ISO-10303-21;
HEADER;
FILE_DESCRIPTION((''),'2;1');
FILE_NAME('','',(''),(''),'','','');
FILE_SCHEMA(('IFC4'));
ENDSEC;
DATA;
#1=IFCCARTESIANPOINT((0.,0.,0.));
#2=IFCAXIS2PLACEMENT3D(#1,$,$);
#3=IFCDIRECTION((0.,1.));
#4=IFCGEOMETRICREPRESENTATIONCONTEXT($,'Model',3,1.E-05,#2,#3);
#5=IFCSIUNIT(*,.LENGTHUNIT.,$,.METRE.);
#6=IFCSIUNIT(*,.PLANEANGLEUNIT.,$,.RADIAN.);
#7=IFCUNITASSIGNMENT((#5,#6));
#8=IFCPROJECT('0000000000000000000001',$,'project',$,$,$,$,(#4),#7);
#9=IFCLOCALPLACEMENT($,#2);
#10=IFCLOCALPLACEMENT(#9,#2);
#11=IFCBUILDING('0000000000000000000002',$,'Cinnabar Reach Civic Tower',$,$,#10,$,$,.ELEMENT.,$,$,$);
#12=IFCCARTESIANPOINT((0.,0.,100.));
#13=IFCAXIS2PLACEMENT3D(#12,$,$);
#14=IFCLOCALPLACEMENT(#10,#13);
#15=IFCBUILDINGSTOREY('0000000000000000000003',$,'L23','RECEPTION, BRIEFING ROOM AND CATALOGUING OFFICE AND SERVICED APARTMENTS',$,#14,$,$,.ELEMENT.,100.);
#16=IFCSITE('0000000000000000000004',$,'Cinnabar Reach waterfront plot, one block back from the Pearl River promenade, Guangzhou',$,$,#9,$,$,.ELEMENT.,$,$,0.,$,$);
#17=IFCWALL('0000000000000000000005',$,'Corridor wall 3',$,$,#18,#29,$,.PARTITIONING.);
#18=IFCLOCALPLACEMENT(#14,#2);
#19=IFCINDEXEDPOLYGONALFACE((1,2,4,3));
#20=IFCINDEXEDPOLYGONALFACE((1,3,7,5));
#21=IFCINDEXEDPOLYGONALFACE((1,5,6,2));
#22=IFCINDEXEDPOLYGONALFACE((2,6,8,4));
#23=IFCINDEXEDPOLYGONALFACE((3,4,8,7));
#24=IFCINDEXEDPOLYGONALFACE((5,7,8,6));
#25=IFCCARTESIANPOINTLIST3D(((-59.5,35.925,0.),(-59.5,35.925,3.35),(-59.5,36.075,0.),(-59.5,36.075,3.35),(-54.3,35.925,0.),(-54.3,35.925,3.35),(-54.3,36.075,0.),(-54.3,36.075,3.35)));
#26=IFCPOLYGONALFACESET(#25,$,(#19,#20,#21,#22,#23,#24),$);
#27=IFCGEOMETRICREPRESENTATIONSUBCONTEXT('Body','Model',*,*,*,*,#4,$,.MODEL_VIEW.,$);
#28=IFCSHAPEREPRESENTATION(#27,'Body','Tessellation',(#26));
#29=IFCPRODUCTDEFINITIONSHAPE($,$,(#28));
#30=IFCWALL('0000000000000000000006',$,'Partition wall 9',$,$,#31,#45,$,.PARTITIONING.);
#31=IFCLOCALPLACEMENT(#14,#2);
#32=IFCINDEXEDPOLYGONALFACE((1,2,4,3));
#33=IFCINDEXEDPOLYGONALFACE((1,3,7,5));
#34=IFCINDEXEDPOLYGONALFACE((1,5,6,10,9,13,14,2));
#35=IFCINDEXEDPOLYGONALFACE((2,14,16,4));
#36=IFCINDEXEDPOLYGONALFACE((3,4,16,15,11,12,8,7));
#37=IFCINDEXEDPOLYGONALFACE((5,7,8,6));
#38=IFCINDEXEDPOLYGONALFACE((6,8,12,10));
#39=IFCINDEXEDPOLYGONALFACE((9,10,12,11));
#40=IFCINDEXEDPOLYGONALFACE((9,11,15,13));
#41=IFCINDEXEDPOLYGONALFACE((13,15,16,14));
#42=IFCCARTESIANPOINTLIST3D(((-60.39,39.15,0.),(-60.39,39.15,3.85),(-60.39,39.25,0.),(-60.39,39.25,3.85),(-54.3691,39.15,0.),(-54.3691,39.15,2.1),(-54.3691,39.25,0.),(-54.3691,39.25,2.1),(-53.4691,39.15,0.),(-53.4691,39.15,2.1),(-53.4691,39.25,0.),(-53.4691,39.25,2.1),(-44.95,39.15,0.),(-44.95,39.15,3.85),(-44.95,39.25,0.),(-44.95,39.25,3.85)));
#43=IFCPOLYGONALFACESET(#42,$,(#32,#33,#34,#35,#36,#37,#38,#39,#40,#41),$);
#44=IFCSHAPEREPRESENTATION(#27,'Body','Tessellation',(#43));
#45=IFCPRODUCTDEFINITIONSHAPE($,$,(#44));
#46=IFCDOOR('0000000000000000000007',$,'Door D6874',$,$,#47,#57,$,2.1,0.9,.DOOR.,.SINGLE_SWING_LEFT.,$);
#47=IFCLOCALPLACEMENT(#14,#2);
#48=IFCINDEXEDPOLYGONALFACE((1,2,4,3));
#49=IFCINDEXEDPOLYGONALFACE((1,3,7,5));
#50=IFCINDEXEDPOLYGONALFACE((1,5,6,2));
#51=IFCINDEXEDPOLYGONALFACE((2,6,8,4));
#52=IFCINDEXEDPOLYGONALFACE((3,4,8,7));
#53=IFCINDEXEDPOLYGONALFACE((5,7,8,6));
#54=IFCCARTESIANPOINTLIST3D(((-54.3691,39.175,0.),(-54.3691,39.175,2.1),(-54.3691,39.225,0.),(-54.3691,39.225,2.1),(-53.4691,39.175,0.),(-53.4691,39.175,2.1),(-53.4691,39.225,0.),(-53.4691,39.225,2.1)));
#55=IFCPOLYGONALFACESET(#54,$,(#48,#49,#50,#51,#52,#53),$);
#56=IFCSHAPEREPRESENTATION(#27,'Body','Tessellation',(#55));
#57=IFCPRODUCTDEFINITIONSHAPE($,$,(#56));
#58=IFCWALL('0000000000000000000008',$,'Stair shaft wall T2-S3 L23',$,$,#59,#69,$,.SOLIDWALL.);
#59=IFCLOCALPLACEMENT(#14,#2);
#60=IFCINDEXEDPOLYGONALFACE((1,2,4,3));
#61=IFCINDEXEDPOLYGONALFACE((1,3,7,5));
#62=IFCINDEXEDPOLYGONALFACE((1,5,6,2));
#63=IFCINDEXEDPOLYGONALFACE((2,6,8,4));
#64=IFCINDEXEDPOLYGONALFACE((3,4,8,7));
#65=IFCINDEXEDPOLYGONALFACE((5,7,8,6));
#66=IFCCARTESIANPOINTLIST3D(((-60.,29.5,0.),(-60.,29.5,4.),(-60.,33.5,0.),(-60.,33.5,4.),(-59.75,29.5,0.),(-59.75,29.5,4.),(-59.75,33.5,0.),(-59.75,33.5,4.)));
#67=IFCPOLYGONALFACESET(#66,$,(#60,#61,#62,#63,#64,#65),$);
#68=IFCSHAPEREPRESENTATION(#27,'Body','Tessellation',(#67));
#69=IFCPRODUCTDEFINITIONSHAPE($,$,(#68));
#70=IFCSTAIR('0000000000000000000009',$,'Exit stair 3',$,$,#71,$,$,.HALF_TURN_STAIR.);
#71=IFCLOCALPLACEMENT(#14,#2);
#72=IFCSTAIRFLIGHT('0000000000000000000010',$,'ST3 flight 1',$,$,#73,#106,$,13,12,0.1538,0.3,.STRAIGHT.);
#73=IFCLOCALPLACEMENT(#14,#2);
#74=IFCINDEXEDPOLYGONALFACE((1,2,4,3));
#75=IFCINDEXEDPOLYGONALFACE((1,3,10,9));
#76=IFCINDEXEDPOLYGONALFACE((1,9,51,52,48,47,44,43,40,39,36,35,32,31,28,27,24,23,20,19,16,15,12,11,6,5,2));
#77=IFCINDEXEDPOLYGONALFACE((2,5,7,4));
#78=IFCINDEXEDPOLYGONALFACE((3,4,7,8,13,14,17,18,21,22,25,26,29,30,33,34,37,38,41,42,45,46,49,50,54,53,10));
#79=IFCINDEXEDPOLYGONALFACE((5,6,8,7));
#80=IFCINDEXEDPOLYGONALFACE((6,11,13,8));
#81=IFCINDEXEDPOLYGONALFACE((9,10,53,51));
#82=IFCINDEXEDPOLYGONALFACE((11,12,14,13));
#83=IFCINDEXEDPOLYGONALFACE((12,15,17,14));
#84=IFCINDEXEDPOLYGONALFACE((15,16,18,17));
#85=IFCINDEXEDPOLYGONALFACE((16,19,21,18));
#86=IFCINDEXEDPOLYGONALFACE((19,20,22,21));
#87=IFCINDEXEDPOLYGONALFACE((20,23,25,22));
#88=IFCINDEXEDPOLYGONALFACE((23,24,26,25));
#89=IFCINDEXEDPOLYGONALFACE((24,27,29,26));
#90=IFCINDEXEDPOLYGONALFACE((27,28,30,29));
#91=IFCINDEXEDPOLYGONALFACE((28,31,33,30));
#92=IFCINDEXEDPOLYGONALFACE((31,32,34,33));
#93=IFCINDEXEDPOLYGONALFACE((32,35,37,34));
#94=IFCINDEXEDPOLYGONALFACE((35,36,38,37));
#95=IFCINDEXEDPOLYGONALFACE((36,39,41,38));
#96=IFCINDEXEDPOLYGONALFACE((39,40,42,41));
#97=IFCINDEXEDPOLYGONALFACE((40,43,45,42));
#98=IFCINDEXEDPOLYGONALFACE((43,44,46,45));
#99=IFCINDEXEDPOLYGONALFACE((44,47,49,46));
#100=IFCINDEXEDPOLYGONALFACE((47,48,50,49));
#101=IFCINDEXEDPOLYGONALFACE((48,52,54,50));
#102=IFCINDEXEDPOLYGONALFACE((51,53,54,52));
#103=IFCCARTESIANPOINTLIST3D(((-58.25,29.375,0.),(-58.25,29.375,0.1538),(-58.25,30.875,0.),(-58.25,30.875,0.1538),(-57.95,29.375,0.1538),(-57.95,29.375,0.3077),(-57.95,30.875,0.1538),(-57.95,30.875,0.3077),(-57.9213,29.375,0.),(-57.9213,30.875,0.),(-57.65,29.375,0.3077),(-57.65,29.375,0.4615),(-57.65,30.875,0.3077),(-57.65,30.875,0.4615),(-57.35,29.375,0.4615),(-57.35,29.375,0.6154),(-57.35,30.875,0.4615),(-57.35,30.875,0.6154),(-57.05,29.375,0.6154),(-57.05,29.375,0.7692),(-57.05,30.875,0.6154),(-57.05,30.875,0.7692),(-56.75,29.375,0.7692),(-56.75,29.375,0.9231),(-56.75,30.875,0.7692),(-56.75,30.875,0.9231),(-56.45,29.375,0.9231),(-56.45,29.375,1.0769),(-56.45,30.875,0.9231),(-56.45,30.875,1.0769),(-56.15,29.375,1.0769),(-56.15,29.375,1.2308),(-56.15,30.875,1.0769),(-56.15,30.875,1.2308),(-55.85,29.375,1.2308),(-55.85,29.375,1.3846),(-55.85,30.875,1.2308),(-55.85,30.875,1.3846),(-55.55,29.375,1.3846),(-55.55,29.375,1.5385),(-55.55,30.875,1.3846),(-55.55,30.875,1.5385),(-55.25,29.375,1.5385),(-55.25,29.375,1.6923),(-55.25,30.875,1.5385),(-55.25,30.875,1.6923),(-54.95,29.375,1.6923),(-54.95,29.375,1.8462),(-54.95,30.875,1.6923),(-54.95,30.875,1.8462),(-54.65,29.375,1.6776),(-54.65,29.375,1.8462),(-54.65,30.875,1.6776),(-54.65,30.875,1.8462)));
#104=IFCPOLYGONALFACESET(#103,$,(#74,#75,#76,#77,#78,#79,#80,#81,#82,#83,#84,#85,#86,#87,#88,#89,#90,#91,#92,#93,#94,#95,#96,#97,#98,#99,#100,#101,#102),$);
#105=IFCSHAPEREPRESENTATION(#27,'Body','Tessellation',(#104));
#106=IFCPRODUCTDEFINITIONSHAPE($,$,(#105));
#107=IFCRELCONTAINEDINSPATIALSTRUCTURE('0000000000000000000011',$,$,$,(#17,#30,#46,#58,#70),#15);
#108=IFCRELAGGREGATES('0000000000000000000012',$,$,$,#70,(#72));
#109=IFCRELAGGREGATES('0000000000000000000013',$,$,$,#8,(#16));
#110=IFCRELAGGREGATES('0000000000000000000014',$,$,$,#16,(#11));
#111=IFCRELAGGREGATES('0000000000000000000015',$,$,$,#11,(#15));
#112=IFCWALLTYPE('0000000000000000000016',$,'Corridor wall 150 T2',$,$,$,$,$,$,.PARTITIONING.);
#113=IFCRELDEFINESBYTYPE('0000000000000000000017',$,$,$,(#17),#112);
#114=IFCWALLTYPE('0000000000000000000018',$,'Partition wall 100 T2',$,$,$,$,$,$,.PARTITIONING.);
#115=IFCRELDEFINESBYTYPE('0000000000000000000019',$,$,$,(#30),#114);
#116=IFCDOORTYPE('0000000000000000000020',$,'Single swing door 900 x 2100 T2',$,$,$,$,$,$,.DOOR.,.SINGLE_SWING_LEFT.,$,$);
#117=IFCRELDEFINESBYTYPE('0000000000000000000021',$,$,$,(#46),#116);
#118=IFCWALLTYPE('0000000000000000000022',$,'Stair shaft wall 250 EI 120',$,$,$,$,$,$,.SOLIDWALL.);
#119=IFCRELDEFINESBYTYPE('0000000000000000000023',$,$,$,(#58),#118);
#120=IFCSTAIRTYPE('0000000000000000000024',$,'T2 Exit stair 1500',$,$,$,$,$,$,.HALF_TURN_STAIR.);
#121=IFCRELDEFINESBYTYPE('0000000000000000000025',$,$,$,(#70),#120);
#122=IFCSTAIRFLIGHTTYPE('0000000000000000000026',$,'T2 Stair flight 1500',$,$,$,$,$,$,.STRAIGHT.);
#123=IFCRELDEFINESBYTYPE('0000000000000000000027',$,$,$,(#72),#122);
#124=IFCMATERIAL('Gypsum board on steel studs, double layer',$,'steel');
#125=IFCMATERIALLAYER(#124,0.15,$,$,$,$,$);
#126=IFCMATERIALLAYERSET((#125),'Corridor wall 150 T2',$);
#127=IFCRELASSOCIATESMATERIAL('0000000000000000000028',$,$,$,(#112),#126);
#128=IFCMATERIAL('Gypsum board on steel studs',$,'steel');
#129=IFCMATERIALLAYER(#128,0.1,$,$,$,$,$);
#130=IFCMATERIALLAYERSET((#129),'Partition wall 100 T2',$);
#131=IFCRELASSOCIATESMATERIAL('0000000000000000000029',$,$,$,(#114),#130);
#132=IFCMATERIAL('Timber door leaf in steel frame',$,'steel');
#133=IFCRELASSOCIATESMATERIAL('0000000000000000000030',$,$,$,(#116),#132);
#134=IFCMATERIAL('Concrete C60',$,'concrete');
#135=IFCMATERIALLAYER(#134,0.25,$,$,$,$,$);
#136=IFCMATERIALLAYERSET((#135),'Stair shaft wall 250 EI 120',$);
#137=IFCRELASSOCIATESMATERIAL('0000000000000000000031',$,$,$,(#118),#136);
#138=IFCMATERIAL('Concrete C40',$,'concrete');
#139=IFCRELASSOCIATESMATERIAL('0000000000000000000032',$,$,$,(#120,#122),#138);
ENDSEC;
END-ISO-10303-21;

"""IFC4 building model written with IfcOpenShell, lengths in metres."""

from ifc_helpers import new_model, si_unit, direction, frame, frame_2d, origin, place, context, subcontext, project, spatial, polyline, rectangle, outline, extrude, material, layer, layer_set, type_object, element, fill, aggregate, save


model = new_model("IFC4")

# Units and contexts
model_context = context("Model", 3, precision=1e-05, world=origin(), true_north=direction((0.0, 1.0)))
body_context = subcontext(model_context, "Body", "Model", "MODEL_VIEW")
ifc_project = project(units=[si_unit("LENGTHUNIT", "METRE"), si_unit("PLANEANGLEUNIT", "RADIAN")], contexts=[model_context])

# Site, building, storey
site_placement = place(None, origin())
site = spatial("IfcSite", under=ifc_project, at=site_placement, Name="Cinnabar Reach waterfront plot, one block back from the Pearl River promenade, Guangzhou", CompositionType="ELEMENT", RefElevation=0.0)
building_placement = place(site_placement, origin())
building = spatial("IfcBuilding", under=site, at=building_placement, Name="Cinnabar Reach Civic Tower", CompositionType="ELEMENT")
storey_placement = place(building_placement, frame((0.0, 0.0, 100.0)))
storey = spatial("IfcBuildingStorey", under=building, at=storey_placement, Name="L23", Description="RECEPTION, BRIEFING ROOM AND CATALOGUING OFFICE AND SERVICED APARTMENTS", CompositionType="ELEMENT", Elevation=100.0)

# Shared definitions
ifc_material_1 = material(Name="Concrete C60", Category="concrete")

# Wall
ifc_material_2 = material(Name="Gypsum board on steel studs, double layer", Category="steel")
ifc_layer_1 = layer(ifc_material_2, 0.15)
ifc_layer_set_1 = layer_set([ifc_layer_1], Name="Corridor wall 150 T2")
wall_type_1 = type_object("IfcWallType", Name="Corridor wall 150 T2", PredefinedType="PARTITIONING", material=ifc_layer_set_1)
wall_1_placement = place(storey_placement, frame((-59.5, 36.0, 0.0), z_axis=(0.0, 0.0, 1.0), x_axis=(1.0, 0.0, 0.0)))
element("IfcWall", 1, at=wall_1_placement, inside=storey, type_object=wall_type_1, Name="Corridor wall 3", PredefinedType="PARTITIONING", context=body_context, shape_type="SweptSolid", body=[
    extrude(rectangle(XDim=5.2, YDim=0.15, at=frame_2d((2.6, 0.0))), origin(), (0.0, 0.0, 1.0), 3.35),
])

# Wall, opening, door
ifc_material_3 = material(Name="Gypsum board on steel studs", Category="steel")
ifc_layer_2 = layer(ifc_material_3, 0.1)
ifc_layer_set_2 = layer_set([ifc_layer_2], Name="Partition wall 100 T2")
wall_type_2 = type_object("IfcWallType", Name="Partition wall 100 T2", PredefinedType="PARTITIONING", material=ifc_layer_set_2)
wall_2_placement = place(storey_placement, frame((-60.39, 39.2, 0.0), z_axis=(0.0, 0.0, 1.0), x_axis=(1.0, 0.0, 0.0)))
wall_2 = element("IfcWall", 2, at=wall_2_placement, inside=storey, type_object=wall_type_2, Name="Partition wall 9", PredefinedType="PARTITIONING", context=body_context, shape_type="SweptSolid", body=[
    extrude(rectangle(XDim=15.44, YDim=0.1, at=frame_2d((7.72, 0.0))), origin(), (0.0, 0.0, 1.0), 3.85),
])
opening_placement = place(wall_2_placement, frame((6.0209, 0.0, 0.0)))
opening = element("IfcOpeningElement", 3, at=opening_placement, cuts=wall_2, PredefinedType="OPENING", context=body_context, shape_type="SweptSolid", body=[
    extrude(rectangle(XDim=0.9, YDim=2.1, at=frame_2d((0.45, 1.05))), frame((0.0, 0.06, 0.0), z_axis=(0.0, -1.0, 0.0), x_axis=(1.0, 0.0, 0.0)), (0.0, 0.0, 1.0), 0.12),
])
ifc_material_4 = material(Name="Timber door leaf in steel frame", Category="steel")
door_type = type_object("IfcDoorType", Name="Single swing door 900 x 2100 T2", OperationType="SINGLE_SWING_LEFT", PredefinedType="DOOR", material=ifc_material_4)
door_placement = place(opening_placement, frame((0.9, 0.0, 0.0), z_axis=(0.0, 0.0, 1.0), x_axis=(-1.0, 0.0, 0.0)))
door = element("IfcDoor", 4, at=door_placement, inside=storey, type_object=door_type, Name="Door D6874", OperationType="SINGLE_SWING_LEFT", OverallHeight=2.1, OverallWidth=0.9, PredefinedType="DOOR", context=body_context, shape_type="SweptSolid", body=[
    extrude(rectangle(XDim=0.9, YDim=2.1, at=frame_2d((0.45, 1.05))), frame((0.0, 0.025, 0.0), z_axis=(0.0, -1.0, 0.0), x_axis=(1.0, 0.0, 0.0)), (0.0, 0.0, 1.0), 0.05),
])
fill(opening, door)

# Wall
ifc_layer_3 = layer(ifc_material_1, 0.25)
ifc_layer_set_3 = layer_set([ifc_layer_3], Name="Stair shaft wall 250 EI 120")
wall_type_3 = type_object("IfcWallType", Name="Stair shaft wall 250 EI 120", PredefinedType="SOLIDWALL", material=ifc_layer_set_3)
wall_3_placement = place(storey_placement, frame((-59.875, 33.5, 0.0), z_axis=(0.0, 0.0, 1.0), x_axis=(0.0, -1.0, 0.0)))
element("IfcWall", 5, at=wall_3_placement, inside=storey, type_object=wall_type_3, Name="Stair shaft wall T2-S3 L23", PredefinedType="SOLIDWALL", context=body_context, shape_type="SweptSolid", body=[
    extrude(rectangle(XDim=4.0, YDim=0.25, at=frame_2d((2.0, 0.0))), origin(), (0.0, 0.0, 1.0), 4.0),
])

# Stair, stair flight
ifc_material_5 = material(Name="Concrete C40", Category="concrete")
stair_type = type_object("IfcStairType", Name="T2 Exit stair 1500", PredefinedType="HALF_TURN_STAIR", material=ifc_material_5)
stair_placement = place(storey_placement, origin())
stair = element("IfcStair", 6, at=stair_placement, inside=storey, type_object=stair_type, Name="Exit stair 3", PredefinedType="HALF_TURN_STAIR")
stair_flight_type = type_object("IfcStairFlightType", Name="T2 Stair flight 1500", PredefinedType="STRAIGHT", material=ifc_material_5)
stair_flight_placement = place(storey_placement, frame((-58.25, 30.125, 0.0), z_axis=(0.0, 0.0, 1.0), x_axis=(1.0, 0.0, 0.0)))
stair_flight = element("IfcStairFlight", 7, at=stair_flight_placement, type_object=stair_flight_type, Name="ST3 flight 1", NumberOfRisers=13, NumberOfTreads=12, PredefinedType="STRAIGHT", RiserHeight=0.1538, TreadLength=0.3, context=body_context, shape_type="SweptSolid", body=[
    extrude(outline(polyline([(0.0, 0.0), (0.0, 0.1538), (0.3, 0.1538), (0.3, 0.3077), (0.6, 0.3077), (0.6, 0.4615), (0.9, 0.4615), (0.9, 0.6154), (1.2, 0.6154), (1.2, 0.7692), (1.5, 0.7692), (1.5, 0.9231), (1.8, 0.9231), (1.8, 1.0769), (2.1, 1.0769), (2.1, 1.2308), (2.4, 1.2308), (2.4, 1.3846), (2.7, 1.3846), (2.7, 1.5385), (3.0, 1.5385), (3.0, 1.6923), (3.3, 1.6923), (3.3, 1.8462), (3.6, 1.8462), (3.6, 2.0), (3.6, 1.6776), (0.3287, 0.0), (0.0, 0.0)])), frame((0.0, 0.75, 0.0), z_axis=(0.0, -1.0, 0.0), x_axis=(1.0, 0.0, 0.0)), (0.0, 0.0, 1.0), 1.5),
])
aggregate(stair, [stair_flight])

save(model, "model.ifc")
